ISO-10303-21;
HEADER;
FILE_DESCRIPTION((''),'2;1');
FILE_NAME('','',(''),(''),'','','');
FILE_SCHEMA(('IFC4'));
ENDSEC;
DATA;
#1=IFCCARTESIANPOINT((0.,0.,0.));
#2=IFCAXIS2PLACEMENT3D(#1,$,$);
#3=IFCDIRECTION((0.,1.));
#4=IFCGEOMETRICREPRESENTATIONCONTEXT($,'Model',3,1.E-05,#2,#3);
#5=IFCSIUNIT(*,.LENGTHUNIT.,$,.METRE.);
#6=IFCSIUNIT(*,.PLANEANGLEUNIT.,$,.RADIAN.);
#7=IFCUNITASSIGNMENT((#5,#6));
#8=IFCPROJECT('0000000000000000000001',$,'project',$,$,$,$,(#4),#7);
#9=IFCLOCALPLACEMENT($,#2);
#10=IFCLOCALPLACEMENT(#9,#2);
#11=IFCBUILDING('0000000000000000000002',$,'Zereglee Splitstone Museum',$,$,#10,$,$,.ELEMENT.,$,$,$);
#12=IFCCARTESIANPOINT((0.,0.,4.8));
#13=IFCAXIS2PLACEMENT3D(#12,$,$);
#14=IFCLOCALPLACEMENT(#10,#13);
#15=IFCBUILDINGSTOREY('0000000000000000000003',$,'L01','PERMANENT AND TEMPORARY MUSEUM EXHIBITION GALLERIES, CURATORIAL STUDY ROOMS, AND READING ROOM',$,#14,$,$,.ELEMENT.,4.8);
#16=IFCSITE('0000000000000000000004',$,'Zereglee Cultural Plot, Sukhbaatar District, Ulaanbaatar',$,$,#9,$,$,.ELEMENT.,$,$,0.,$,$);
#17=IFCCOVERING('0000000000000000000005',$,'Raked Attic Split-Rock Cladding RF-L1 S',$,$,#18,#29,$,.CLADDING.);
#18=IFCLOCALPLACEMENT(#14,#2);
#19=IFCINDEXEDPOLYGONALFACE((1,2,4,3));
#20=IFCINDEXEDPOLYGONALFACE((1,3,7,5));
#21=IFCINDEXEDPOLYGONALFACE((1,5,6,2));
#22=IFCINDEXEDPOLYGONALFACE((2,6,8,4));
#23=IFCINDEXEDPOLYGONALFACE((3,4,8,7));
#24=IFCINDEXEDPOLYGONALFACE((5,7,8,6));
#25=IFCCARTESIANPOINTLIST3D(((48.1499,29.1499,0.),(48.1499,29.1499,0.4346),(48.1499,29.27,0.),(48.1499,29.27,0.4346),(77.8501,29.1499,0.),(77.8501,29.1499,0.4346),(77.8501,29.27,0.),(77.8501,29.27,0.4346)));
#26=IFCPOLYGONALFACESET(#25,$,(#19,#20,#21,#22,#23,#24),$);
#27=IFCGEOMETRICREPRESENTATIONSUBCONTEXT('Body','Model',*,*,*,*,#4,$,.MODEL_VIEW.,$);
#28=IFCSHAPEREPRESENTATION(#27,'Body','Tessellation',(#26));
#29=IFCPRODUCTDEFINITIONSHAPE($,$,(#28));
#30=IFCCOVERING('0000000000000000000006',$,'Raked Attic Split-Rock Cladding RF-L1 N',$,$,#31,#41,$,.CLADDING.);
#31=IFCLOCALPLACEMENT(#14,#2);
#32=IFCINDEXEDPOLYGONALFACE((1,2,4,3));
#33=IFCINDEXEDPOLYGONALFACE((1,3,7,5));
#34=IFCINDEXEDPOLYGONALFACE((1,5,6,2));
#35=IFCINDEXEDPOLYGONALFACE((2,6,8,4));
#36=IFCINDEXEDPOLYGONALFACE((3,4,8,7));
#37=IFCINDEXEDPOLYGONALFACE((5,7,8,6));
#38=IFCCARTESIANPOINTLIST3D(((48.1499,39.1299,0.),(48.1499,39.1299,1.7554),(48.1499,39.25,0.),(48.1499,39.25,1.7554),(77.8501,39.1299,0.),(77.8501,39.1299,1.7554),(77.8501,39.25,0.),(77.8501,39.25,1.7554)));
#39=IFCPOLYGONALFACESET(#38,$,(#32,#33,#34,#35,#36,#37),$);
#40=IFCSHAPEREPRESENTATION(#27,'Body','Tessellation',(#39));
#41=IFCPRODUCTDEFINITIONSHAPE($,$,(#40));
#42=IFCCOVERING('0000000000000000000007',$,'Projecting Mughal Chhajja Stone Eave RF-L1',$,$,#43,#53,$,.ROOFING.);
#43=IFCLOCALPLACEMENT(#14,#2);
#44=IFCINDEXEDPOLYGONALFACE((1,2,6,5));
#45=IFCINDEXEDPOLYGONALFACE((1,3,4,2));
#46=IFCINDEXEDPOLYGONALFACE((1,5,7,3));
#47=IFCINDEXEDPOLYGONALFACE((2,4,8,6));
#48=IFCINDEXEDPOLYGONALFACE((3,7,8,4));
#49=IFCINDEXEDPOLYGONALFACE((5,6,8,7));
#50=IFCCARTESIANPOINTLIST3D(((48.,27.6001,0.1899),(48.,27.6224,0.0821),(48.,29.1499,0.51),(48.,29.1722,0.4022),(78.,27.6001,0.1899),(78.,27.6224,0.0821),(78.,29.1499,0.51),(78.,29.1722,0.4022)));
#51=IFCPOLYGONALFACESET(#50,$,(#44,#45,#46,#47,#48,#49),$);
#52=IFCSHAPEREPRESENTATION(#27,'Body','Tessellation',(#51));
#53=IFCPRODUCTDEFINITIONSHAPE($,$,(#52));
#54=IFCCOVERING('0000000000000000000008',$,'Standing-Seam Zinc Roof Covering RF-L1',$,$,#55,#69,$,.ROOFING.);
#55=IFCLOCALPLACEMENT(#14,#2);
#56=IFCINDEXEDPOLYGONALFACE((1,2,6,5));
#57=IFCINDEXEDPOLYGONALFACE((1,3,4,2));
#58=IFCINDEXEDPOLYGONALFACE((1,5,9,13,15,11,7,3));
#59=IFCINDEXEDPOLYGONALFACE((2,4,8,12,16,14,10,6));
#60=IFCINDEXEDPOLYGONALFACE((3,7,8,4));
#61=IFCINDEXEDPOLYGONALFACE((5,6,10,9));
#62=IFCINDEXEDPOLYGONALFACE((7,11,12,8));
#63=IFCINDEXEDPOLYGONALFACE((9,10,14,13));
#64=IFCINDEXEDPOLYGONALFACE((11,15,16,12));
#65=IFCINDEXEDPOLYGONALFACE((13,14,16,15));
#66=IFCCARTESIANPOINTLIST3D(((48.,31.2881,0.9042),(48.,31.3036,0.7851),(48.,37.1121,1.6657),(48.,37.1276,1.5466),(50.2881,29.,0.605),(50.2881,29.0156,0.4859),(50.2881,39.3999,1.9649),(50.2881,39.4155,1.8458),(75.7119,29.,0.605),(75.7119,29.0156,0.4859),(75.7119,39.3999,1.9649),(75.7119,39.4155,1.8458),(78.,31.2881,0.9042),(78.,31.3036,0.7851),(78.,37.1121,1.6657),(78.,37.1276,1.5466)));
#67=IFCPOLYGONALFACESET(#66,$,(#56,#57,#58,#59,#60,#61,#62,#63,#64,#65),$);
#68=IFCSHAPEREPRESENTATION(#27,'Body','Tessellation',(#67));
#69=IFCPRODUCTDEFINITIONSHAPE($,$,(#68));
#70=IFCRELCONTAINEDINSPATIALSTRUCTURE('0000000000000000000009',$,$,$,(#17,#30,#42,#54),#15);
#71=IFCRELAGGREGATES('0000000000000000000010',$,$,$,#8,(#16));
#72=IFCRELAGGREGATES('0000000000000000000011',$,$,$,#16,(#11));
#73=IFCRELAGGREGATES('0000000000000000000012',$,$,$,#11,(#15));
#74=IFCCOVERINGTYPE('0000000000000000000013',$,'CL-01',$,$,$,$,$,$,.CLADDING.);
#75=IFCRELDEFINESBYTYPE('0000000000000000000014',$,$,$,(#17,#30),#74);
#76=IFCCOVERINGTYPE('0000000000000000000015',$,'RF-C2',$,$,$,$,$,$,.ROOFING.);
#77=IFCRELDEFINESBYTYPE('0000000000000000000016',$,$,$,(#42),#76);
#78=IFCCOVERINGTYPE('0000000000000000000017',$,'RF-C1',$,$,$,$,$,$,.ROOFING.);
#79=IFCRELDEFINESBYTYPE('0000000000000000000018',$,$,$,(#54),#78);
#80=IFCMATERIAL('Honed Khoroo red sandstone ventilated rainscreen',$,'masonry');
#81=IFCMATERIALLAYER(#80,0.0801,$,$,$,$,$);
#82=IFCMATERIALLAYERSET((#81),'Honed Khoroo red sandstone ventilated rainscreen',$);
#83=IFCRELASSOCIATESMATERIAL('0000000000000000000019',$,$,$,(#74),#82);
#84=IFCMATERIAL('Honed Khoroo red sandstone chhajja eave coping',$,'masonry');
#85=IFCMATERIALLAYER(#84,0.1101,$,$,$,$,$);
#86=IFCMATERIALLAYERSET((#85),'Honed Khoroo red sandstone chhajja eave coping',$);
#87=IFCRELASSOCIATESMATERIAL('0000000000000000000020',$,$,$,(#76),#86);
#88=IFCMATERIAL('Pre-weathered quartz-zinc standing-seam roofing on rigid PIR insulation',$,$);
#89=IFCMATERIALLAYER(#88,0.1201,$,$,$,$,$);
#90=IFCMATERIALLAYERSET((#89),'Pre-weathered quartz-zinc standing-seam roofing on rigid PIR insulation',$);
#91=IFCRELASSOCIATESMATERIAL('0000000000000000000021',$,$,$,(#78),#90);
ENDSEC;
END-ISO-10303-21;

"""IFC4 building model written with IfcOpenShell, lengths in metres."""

from ifc_helpers import new_model, si_unit, direction, frame, origin, place, context, subcontext, project, spatial, polyline, outline, extrude, material, layer, layer_set, type_object, element, save


model = new_model("IFC4")

# Units and contexts
model_context = context("Model", 3, precision=1e-05, world=origin(), true_north=direction((0.0, 1.0)))
body_context = subcontext(model_context, "Body", "Model", "MODEL_VIEW")
ifc_project = project(units=[si_unit("LENGTHUNIT", "METRE"), si_unit("PLANEANGLEUNIT", "RADIAN")], contexts=[model_context])

# Site, building, storey
site_placement = place(None, origin())
site = spatial("IfcSite", under=ifc_project, at=site_placement, Name="Zereglee Cultural Plot, Sukhbaatar District, Ulaanbaatar", CompositionType="ELEMENT", RefElevation=0.0)
building_placement = place(site_placement, origin())
building = spatial("IfcBuilding", under=site, at=building_placement, Name="Zereglee Splitstone Museum", CompositionType="ELEMENT")
storey_placement = place(building_placement, frame((0.0, 0.0, 4.8)))
storey = spatial("IfcBuildingStorey", under=building, at=storey_placement, Name="L01", Description="PERMANENT AND TEMPORARY MUSEUM EXHIBITION GALLERIES, CURATORIAL STUDY ROOMS, AND READING ROOM", CompositionType="ELEMENT", Elevation=4.8)

# Coverings
ifc_material_1 = material(Name="Honed Khoroo red sandstone ventilated rainscreen", Category="masonry")
ifc_layer_1 = layer(ifc_material_1, 0.0801)
ifc_layer_set_1 = layer_set([ifc_layer_1], Name="Honed Khoroo red sandstone ventilated rainscreen")
covering_type_1 = type_object("IfcCoveringType", Name="CL-01", PredefinedType="CLADDING", material=ifc_layer_set_1)
covering_1_placement = place(storey_placement, frame((48.1499, 29.1499, 0.0), z_axis=(0.0, -1.0, 0.0), x_axis=(1.0, 0.0, 0.0)))
element("IfcCovering", 1, at=covering_1_placement, inside=storey, type_object=covering_type_1, Name="Raked Attic Split-Rock Cladding RF-L1 S", PredefinedType="CLADDING", context=body_context, shape_type="SweptSolid", body=[
    extrude(outline(polyline([(0.0, 0.0), (29.7002, 0.0), (29.7002, 0.4346), (0.0, 0.4346), (0.0, 0.0)])), origin(), (0.0, 0.0, -1.0), 0.1201),
])
covering_2_placement = place(storey_placement, frame((48.1499, 39.25, 1.7554), z_axis=(0.0, 1.0, 0.0), x_axis=(1.0, 0.0, 0.0)))
element("IfcCovering", 2, at=covering_2_placement, inside=storey, type_object=covering_type_1, Name="Raked Attic Split-Rock Cladding RF-L1 N", PredefinedType="CLADDING", context=body_context, shape_type="SweptSolid", body=[
    extrude(outline(polyline([(0.0, 0.0), (29.7002, 0.0), (29.7002, 1.7554), (0.0, 1.7554), (0.0, 0.0)])), origin(), (0.0, 0.0, -1.0), 0.1201),
])
ifc_material_2 = material(Name="Honed Khoroo red sandstone chhajja eave coping", Category="masonry")
ifc_layer_2 = layer(ifc_material_2, 0.1101)
ifc_layer_set_2 = layer_set([ifc_layer_2], Name="Honed Khoroo red sandstone chhajja eave coping")
covering_type_2 = type_object("IfcCoveringType", Name="RF-C2", PredefinedType="ROOFING", material=ifc_layer_set_2)
covering_3_placement = place(storey_placement, frame((48.0, 27.6001, 0.1899), z_axis=(0.0, -0.202254, 0.979333), x_axis=(1.0, 0.0, 0.0)))
element("IfcCovering", 3, at=covering_3_placement, inside=storey, type_object=covering_type_2, Name="Projecting Mughal Chhajja Stone Eave RF-L1", PredefinedType="ROOFING", context=body_context, shape_type="SweptSolid", body=[
    extrude(outline(polyline([(0.0, 0.0), (30.0, 0.0), (30.0, 1.5825), (0.0, 1.5825), (0.0, 0.0)])), origin(), (0.0, 0.0, -1.0), 0.1101),
])
ifc_material_3 = material(Name="Pre-weathered quartz-zinc standing-seam roofing on rigid PIR insulation")
ifc_layer_3 = layer(ifc_material_3, 0.1201)
ifc_layer_set_3 = layer_set([ifc_layer_3], Name="Pre-weathered quartz-zinc standing-seam roofing on rigid PIR insulation")
covering_type_3 = type_object("IfcCoveringType", Name="RF-C1", PredefinedType="ROOFING", material=ifc_layer_set_3)
covering_4_placement = place(storey_placement, frame((50.2881, 29.0, 0.605), z_axis=(0.0, -0.129655, 0.991559), x_axis=(1.0, 0.0, 0.0)))
element("IfcCovering", 4, at=covering_4_placement, inside=storey, type_object=covering_type_3, Name="Standing-Seam Zinc Roof Covering RF-L1", PredefinedType="ROOFING", context=body_context, shape_type="SweptSolid", body=[
    extrude(outline(polyline([(0.0, 0.0), (25.4238, 0.0), (27.7119, 2.3075), (27.7119, 8.1811), (25.4238, 10.4884), (0.0, 10.4884), (-2.2881, 8.1811), (-2.2881, 2.3075), (0.0, 0.0)])), origin(), (0.0, 0.0, -1.0), 0.1201),
])

save(model, "model.ifc")
